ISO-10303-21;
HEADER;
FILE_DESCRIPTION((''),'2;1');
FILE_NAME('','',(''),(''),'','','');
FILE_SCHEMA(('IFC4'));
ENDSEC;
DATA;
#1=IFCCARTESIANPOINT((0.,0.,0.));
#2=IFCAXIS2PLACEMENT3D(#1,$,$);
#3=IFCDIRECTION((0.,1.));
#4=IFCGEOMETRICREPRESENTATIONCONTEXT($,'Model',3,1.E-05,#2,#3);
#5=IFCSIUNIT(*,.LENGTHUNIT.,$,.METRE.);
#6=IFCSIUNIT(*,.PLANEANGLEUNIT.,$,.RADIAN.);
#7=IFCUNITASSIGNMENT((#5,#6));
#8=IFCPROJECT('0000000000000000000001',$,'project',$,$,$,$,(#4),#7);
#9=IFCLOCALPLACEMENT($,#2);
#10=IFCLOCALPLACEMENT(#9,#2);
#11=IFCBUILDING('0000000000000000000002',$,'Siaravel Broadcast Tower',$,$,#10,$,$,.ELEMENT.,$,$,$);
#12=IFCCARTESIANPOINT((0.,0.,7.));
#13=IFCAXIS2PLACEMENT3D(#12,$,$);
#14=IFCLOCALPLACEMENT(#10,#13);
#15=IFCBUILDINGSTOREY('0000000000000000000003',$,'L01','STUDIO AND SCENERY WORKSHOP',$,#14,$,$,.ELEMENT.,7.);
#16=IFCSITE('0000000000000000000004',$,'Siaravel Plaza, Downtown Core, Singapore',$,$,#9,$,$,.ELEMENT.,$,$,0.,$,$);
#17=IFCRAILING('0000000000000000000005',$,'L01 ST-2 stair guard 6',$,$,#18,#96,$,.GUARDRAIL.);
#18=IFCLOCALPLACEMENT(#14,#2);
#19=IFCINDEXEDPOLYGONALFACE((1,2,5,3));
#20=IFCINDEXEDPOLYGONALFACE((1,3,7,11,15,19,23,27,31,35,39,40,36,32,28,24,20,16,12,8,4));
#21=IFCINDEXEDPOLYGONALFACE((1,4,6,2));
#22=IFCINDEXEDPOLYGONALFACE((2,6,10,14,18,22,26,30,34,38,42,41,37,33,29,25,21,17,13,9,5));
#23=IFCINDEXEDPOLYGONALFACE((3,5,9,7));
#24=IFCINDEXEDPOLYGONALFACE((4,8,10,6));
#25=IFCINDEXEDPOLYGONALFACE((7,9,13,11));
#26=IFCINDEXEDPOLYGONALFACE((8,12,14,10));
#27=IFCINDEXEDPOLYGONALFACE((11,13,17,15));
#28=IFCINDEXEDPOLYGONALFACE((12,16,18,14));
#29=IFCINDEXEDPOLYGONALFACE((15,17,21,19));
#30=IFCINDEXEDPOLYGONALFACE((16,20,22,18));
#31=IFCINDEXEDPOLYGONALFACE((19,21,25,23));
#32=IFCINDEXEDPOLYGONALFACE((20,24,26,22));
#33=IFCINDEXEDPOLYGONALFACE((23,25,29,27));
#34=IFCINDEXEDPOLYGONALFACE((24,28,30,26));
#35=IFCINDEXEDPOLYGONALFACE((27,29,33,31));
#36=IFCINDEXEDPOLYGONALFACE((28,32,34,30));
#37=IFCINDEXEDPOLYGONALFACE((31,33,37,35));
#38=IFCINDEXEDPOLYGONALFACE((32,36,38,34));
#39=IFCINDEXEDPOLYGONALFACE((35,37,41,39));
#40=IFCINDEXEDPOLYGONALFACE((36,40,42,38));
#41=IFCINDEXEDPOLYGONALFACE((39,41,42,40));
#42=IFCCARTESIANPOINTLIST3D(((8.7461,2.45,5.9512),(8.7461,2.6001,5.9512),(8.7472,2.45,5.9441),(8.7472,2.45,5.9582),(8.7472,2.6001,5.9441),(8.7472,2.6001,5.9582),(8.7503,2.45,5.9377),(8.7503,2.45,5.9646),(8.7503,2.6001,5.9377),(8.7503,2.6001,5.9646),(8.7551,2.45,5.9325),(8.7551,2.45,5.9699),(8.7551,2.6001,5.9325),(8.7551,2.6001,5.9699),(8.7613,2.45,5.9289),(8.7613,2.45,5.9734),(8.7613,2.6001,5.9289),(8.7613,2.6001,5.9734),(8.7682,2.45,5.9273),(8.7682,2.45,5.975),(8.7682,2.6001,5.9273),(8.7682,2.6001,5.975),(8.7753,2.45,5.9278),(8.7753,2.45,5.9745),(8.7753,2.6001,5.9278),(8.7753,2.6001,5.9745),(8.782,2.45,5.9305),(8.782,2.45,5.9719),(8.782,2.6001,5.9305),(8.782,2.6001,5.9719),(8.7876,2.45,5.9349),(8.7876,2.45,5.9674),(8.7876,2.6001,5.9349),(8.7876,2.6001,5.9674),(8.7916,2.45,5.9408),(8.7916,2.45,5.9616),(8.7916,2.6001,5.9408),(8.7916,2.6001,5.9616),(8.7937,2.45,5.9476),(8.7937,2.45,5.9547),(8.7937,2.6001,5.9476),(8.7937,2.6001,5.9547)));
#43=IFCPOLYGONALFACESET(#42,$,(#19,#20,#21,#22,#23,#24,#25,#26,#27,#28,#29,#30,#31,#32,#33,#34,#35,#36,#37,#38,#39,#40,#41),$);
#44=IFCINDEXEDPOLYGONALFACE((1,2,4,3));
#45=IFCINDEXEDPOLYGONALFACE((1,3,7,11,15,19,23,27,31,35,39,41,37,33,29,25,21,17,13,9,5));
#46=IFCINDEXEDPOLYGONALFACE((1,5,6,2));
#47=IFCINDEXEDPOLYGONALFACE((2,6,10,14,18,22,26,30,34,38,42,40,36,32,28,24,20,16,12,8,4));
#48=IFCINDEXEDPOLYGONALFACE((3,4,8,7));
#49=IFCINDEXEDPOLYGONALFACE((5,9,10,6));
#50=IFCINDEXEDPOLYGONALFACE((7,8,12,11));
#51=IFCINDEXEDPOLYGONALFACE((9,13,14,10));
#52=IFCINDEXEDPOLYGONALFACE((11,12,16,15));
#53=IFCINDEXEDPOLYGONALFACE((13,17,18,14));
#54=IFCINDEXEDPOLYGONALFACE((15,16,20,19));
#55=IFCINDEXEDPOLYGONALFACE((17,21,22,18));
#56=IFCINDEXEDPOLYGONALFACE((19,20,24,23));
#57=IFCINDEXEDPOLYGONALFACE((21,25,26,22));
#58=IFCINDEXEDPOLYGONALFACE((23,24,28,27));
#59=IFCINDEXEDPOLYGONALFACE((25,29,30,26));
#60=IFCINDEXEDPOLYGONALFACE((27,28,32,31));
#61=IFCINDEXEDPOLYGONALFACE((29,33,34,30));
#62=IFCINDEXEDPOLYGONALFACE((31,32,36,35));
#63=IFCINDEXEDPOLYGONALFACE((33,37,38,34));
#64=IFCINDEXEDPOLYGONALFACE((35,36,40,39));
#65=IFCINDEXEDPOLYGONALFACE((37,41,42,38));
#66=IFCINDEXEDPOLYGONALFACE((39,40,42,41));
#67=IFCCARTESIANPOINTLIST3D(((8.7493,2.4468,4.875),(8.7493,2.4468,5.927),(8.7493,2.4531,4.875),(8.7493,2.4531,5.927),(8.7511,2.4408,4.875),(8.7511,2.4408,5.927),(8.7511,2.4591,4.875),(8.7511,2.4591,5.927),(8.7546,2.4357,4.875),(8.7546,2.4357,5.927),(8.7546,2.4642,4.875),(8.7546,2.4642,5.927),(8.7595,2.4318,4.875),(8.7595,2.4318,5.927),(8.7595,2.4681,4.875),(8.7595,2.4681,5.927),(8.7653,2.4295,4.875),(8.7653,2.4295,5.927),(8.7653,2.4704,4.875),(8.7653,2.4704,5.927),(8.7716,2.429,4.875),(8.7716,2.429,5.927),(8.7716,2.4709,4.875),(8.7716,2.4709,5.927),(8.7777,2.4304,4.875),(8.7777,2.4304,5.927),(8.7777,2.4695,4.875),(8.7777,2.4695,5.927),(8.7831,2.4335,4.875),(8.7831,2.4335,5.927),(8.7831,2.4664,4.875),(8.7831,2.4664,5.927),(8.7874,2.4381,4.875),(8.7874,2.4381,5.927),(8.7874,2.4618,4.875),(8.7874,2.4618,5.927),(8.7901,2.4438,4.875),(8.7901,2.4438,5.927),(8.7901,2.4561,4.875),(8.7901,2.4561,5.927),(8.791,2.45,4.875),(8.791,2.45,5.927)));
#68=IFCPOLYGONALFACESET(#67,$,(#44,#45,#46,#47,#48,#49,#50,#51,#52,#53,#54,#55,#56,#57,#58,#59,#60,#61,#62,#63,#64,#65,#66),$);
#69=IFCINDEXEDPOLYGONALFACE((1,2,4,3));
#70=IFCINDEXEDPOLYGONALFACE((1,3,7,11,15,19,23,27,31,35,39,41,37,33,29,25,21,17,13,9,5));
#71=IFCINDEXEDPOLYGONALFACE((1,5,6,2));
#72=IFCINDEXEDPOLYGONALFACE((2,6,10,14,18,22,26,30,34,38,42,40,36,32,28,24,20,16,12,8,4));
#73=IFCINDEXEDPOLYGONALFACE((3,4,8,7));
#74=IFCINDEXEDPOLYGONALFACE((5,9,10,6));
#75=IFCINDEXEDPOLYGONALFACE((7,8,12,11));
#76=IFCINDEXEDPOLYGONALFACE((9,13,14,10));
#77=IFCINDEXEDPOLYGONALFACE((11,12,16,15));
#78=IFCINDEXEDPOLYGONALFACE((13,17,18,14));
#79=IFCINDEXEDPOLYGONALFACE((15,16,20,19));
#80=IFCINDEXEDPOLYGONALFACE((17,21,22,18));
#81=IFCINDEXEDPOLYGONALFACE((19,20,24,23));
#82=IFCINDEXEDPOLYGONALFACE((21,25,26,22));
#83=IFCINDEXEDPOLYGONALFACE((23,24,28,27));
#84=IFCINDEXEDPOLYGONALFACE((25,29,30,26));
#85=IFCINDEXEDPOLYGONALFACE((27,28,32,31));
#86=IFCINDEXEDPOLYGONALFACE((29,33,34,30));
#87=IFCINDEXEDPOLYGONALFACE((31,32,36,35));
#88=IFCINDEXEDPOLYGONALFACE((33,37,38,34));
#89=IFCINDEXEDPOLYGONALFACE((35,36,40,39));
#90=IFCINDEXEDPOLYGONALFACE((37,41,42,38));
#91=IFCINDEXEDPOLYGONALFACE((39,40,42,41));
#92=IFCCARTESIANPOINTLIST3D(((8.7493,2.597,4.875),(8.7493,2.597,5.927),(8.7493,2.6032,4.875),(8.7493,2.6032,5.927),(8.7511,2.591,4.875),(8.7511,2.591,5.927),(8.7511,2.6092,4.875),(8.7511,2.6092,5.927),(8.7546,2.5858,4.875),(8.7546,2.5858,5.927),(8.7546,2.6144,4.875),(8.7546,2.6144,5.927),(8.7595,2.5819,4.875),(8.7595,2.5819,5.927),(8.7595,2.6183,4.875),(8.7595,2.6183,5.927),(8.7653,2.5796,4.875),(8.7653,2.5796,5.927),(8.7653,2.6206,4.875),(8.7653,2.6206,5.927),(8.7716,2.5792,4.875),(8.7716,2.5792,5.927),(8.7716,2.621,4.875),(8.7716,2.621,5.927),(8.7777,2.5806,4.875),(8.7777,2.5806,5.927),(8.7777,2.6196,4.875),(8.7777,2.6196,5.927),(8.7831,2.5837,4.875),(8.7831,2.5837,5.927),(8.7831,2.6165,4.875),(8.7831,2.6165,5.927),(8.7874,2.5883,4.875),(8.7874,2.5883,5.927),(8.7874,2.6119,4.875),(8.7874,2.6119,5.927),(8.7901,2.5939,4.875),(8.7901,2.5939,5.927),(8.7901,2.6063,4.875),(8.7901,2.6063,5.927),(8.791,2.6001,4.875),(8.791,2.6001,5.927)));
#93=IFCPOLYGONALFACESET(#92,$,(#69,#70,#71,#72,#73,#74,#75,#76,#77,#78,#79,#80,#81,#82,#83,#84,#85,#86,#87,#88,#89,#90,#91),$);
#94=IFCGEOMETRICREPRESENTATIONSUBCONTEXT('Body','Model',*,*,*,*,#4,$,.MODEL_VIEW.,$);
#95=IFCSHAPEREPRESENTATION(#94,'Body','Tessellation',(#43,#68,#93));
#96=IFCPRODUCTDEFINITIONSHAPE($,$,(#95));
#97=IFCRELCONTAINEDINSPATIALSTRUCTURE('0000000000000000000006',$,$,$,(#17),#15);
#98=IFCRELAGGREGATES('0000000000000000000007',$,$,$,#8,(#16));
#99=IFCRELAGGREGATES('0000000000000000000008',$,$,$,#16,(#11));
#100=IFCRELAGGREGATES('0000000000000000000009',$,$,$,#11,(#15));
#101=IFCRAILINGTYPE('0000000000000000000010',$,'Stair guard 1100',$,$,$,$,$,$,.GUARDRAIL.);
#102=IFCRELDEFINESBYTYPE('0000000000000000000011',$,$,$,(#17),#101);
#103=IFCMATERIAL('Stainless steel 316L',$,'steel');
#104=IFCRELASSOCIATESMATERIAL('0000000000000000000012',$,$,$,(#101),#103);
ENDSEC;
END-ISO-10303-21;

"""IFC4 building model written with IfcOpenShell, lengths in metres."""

from ifc_helpers import new_model, si_unit, direction, frame, origin, origin_2d, place, context, subcontext, project, spatial, circle, extrude, material, type_object, element, save


model = new_model("IFC4")

# Units and contexts
model_context = context("Model", 3, precision=1e-05, world=origin(), true_north=direction((0.0, 1.0)))
body_context = subcontext(model_context, "Body", "Model", "MODEL_VIEW")
ifc_project = project(units=[si_unit("LENGTHUNIT", "METRE"), si_unit("PLANEANGLEUNIT", "RADIAN")], contexts=[model_context])

# Site, building, storey
site_placement = place(None, origin())
site = spatial("IfcSite", under=ifc_project, at=site_placement, Name="Siaravel Plaza, Downtown Core, Singapore", CompositionType="ELEMENT", RefElevation=0.0)
building_placement = place(site_placement, origin())
building = spatial("IfcBuilding", under=site, at=building_placement, Name="Siaravel Broadcast Tower", CompositionType="ELEMENT")
storey_placement = place(building_placement, frame((0.0, 0.0, 7.0)))
storey = spatial("IfcBuildingStorey", under=building, at=storey_placement, Name="L01", Description="STUDIO AND SCENERY WORKSHOP", CompositionType="ELEMENT", Elevation=7.0)

# Railing
ifc_material_1 = material(Name="Stainless steel 316L", Category="steel")
railing_type_1 = type_object("IfcRailingType", Name="Stair guard 1100", PredefinedType="GUARDRAIL", material=ifc_material_1)
railing_1_placement = place(storey_placement, frame((8.77, 2.45, 4.875)))
element("IfcRailing", 1, at=railing_1_placement, inside=storey, type_object=railing_type_1, Name="L01 ST-2 stair guard 6", PredefinedType="GUARDRAIL", context=body_context, shape_type="SweptSolid", body=[
    extrude(circle(Radius=0.0239, at=origin_2d()), frame((0.0, 0.0, 1.0762), z_axis=(0.0, 1.0, 0.0), x_axis=(-1.0, 0.0, 0.0)), (0.0, 0.0, 1.0), 0.1501),
    extrude(circle(Radius=0.021, at=origin_2d()), origin(), (0.0, 0.0, 1.0), 1.052),
    extrude(circle(Radius=0.021, at=origin_2d()), frame((0.0, 0.1501, 0.0)), (0.0, 0.0, 1.0), 1.052),
])

save(model, "model.ifc")
